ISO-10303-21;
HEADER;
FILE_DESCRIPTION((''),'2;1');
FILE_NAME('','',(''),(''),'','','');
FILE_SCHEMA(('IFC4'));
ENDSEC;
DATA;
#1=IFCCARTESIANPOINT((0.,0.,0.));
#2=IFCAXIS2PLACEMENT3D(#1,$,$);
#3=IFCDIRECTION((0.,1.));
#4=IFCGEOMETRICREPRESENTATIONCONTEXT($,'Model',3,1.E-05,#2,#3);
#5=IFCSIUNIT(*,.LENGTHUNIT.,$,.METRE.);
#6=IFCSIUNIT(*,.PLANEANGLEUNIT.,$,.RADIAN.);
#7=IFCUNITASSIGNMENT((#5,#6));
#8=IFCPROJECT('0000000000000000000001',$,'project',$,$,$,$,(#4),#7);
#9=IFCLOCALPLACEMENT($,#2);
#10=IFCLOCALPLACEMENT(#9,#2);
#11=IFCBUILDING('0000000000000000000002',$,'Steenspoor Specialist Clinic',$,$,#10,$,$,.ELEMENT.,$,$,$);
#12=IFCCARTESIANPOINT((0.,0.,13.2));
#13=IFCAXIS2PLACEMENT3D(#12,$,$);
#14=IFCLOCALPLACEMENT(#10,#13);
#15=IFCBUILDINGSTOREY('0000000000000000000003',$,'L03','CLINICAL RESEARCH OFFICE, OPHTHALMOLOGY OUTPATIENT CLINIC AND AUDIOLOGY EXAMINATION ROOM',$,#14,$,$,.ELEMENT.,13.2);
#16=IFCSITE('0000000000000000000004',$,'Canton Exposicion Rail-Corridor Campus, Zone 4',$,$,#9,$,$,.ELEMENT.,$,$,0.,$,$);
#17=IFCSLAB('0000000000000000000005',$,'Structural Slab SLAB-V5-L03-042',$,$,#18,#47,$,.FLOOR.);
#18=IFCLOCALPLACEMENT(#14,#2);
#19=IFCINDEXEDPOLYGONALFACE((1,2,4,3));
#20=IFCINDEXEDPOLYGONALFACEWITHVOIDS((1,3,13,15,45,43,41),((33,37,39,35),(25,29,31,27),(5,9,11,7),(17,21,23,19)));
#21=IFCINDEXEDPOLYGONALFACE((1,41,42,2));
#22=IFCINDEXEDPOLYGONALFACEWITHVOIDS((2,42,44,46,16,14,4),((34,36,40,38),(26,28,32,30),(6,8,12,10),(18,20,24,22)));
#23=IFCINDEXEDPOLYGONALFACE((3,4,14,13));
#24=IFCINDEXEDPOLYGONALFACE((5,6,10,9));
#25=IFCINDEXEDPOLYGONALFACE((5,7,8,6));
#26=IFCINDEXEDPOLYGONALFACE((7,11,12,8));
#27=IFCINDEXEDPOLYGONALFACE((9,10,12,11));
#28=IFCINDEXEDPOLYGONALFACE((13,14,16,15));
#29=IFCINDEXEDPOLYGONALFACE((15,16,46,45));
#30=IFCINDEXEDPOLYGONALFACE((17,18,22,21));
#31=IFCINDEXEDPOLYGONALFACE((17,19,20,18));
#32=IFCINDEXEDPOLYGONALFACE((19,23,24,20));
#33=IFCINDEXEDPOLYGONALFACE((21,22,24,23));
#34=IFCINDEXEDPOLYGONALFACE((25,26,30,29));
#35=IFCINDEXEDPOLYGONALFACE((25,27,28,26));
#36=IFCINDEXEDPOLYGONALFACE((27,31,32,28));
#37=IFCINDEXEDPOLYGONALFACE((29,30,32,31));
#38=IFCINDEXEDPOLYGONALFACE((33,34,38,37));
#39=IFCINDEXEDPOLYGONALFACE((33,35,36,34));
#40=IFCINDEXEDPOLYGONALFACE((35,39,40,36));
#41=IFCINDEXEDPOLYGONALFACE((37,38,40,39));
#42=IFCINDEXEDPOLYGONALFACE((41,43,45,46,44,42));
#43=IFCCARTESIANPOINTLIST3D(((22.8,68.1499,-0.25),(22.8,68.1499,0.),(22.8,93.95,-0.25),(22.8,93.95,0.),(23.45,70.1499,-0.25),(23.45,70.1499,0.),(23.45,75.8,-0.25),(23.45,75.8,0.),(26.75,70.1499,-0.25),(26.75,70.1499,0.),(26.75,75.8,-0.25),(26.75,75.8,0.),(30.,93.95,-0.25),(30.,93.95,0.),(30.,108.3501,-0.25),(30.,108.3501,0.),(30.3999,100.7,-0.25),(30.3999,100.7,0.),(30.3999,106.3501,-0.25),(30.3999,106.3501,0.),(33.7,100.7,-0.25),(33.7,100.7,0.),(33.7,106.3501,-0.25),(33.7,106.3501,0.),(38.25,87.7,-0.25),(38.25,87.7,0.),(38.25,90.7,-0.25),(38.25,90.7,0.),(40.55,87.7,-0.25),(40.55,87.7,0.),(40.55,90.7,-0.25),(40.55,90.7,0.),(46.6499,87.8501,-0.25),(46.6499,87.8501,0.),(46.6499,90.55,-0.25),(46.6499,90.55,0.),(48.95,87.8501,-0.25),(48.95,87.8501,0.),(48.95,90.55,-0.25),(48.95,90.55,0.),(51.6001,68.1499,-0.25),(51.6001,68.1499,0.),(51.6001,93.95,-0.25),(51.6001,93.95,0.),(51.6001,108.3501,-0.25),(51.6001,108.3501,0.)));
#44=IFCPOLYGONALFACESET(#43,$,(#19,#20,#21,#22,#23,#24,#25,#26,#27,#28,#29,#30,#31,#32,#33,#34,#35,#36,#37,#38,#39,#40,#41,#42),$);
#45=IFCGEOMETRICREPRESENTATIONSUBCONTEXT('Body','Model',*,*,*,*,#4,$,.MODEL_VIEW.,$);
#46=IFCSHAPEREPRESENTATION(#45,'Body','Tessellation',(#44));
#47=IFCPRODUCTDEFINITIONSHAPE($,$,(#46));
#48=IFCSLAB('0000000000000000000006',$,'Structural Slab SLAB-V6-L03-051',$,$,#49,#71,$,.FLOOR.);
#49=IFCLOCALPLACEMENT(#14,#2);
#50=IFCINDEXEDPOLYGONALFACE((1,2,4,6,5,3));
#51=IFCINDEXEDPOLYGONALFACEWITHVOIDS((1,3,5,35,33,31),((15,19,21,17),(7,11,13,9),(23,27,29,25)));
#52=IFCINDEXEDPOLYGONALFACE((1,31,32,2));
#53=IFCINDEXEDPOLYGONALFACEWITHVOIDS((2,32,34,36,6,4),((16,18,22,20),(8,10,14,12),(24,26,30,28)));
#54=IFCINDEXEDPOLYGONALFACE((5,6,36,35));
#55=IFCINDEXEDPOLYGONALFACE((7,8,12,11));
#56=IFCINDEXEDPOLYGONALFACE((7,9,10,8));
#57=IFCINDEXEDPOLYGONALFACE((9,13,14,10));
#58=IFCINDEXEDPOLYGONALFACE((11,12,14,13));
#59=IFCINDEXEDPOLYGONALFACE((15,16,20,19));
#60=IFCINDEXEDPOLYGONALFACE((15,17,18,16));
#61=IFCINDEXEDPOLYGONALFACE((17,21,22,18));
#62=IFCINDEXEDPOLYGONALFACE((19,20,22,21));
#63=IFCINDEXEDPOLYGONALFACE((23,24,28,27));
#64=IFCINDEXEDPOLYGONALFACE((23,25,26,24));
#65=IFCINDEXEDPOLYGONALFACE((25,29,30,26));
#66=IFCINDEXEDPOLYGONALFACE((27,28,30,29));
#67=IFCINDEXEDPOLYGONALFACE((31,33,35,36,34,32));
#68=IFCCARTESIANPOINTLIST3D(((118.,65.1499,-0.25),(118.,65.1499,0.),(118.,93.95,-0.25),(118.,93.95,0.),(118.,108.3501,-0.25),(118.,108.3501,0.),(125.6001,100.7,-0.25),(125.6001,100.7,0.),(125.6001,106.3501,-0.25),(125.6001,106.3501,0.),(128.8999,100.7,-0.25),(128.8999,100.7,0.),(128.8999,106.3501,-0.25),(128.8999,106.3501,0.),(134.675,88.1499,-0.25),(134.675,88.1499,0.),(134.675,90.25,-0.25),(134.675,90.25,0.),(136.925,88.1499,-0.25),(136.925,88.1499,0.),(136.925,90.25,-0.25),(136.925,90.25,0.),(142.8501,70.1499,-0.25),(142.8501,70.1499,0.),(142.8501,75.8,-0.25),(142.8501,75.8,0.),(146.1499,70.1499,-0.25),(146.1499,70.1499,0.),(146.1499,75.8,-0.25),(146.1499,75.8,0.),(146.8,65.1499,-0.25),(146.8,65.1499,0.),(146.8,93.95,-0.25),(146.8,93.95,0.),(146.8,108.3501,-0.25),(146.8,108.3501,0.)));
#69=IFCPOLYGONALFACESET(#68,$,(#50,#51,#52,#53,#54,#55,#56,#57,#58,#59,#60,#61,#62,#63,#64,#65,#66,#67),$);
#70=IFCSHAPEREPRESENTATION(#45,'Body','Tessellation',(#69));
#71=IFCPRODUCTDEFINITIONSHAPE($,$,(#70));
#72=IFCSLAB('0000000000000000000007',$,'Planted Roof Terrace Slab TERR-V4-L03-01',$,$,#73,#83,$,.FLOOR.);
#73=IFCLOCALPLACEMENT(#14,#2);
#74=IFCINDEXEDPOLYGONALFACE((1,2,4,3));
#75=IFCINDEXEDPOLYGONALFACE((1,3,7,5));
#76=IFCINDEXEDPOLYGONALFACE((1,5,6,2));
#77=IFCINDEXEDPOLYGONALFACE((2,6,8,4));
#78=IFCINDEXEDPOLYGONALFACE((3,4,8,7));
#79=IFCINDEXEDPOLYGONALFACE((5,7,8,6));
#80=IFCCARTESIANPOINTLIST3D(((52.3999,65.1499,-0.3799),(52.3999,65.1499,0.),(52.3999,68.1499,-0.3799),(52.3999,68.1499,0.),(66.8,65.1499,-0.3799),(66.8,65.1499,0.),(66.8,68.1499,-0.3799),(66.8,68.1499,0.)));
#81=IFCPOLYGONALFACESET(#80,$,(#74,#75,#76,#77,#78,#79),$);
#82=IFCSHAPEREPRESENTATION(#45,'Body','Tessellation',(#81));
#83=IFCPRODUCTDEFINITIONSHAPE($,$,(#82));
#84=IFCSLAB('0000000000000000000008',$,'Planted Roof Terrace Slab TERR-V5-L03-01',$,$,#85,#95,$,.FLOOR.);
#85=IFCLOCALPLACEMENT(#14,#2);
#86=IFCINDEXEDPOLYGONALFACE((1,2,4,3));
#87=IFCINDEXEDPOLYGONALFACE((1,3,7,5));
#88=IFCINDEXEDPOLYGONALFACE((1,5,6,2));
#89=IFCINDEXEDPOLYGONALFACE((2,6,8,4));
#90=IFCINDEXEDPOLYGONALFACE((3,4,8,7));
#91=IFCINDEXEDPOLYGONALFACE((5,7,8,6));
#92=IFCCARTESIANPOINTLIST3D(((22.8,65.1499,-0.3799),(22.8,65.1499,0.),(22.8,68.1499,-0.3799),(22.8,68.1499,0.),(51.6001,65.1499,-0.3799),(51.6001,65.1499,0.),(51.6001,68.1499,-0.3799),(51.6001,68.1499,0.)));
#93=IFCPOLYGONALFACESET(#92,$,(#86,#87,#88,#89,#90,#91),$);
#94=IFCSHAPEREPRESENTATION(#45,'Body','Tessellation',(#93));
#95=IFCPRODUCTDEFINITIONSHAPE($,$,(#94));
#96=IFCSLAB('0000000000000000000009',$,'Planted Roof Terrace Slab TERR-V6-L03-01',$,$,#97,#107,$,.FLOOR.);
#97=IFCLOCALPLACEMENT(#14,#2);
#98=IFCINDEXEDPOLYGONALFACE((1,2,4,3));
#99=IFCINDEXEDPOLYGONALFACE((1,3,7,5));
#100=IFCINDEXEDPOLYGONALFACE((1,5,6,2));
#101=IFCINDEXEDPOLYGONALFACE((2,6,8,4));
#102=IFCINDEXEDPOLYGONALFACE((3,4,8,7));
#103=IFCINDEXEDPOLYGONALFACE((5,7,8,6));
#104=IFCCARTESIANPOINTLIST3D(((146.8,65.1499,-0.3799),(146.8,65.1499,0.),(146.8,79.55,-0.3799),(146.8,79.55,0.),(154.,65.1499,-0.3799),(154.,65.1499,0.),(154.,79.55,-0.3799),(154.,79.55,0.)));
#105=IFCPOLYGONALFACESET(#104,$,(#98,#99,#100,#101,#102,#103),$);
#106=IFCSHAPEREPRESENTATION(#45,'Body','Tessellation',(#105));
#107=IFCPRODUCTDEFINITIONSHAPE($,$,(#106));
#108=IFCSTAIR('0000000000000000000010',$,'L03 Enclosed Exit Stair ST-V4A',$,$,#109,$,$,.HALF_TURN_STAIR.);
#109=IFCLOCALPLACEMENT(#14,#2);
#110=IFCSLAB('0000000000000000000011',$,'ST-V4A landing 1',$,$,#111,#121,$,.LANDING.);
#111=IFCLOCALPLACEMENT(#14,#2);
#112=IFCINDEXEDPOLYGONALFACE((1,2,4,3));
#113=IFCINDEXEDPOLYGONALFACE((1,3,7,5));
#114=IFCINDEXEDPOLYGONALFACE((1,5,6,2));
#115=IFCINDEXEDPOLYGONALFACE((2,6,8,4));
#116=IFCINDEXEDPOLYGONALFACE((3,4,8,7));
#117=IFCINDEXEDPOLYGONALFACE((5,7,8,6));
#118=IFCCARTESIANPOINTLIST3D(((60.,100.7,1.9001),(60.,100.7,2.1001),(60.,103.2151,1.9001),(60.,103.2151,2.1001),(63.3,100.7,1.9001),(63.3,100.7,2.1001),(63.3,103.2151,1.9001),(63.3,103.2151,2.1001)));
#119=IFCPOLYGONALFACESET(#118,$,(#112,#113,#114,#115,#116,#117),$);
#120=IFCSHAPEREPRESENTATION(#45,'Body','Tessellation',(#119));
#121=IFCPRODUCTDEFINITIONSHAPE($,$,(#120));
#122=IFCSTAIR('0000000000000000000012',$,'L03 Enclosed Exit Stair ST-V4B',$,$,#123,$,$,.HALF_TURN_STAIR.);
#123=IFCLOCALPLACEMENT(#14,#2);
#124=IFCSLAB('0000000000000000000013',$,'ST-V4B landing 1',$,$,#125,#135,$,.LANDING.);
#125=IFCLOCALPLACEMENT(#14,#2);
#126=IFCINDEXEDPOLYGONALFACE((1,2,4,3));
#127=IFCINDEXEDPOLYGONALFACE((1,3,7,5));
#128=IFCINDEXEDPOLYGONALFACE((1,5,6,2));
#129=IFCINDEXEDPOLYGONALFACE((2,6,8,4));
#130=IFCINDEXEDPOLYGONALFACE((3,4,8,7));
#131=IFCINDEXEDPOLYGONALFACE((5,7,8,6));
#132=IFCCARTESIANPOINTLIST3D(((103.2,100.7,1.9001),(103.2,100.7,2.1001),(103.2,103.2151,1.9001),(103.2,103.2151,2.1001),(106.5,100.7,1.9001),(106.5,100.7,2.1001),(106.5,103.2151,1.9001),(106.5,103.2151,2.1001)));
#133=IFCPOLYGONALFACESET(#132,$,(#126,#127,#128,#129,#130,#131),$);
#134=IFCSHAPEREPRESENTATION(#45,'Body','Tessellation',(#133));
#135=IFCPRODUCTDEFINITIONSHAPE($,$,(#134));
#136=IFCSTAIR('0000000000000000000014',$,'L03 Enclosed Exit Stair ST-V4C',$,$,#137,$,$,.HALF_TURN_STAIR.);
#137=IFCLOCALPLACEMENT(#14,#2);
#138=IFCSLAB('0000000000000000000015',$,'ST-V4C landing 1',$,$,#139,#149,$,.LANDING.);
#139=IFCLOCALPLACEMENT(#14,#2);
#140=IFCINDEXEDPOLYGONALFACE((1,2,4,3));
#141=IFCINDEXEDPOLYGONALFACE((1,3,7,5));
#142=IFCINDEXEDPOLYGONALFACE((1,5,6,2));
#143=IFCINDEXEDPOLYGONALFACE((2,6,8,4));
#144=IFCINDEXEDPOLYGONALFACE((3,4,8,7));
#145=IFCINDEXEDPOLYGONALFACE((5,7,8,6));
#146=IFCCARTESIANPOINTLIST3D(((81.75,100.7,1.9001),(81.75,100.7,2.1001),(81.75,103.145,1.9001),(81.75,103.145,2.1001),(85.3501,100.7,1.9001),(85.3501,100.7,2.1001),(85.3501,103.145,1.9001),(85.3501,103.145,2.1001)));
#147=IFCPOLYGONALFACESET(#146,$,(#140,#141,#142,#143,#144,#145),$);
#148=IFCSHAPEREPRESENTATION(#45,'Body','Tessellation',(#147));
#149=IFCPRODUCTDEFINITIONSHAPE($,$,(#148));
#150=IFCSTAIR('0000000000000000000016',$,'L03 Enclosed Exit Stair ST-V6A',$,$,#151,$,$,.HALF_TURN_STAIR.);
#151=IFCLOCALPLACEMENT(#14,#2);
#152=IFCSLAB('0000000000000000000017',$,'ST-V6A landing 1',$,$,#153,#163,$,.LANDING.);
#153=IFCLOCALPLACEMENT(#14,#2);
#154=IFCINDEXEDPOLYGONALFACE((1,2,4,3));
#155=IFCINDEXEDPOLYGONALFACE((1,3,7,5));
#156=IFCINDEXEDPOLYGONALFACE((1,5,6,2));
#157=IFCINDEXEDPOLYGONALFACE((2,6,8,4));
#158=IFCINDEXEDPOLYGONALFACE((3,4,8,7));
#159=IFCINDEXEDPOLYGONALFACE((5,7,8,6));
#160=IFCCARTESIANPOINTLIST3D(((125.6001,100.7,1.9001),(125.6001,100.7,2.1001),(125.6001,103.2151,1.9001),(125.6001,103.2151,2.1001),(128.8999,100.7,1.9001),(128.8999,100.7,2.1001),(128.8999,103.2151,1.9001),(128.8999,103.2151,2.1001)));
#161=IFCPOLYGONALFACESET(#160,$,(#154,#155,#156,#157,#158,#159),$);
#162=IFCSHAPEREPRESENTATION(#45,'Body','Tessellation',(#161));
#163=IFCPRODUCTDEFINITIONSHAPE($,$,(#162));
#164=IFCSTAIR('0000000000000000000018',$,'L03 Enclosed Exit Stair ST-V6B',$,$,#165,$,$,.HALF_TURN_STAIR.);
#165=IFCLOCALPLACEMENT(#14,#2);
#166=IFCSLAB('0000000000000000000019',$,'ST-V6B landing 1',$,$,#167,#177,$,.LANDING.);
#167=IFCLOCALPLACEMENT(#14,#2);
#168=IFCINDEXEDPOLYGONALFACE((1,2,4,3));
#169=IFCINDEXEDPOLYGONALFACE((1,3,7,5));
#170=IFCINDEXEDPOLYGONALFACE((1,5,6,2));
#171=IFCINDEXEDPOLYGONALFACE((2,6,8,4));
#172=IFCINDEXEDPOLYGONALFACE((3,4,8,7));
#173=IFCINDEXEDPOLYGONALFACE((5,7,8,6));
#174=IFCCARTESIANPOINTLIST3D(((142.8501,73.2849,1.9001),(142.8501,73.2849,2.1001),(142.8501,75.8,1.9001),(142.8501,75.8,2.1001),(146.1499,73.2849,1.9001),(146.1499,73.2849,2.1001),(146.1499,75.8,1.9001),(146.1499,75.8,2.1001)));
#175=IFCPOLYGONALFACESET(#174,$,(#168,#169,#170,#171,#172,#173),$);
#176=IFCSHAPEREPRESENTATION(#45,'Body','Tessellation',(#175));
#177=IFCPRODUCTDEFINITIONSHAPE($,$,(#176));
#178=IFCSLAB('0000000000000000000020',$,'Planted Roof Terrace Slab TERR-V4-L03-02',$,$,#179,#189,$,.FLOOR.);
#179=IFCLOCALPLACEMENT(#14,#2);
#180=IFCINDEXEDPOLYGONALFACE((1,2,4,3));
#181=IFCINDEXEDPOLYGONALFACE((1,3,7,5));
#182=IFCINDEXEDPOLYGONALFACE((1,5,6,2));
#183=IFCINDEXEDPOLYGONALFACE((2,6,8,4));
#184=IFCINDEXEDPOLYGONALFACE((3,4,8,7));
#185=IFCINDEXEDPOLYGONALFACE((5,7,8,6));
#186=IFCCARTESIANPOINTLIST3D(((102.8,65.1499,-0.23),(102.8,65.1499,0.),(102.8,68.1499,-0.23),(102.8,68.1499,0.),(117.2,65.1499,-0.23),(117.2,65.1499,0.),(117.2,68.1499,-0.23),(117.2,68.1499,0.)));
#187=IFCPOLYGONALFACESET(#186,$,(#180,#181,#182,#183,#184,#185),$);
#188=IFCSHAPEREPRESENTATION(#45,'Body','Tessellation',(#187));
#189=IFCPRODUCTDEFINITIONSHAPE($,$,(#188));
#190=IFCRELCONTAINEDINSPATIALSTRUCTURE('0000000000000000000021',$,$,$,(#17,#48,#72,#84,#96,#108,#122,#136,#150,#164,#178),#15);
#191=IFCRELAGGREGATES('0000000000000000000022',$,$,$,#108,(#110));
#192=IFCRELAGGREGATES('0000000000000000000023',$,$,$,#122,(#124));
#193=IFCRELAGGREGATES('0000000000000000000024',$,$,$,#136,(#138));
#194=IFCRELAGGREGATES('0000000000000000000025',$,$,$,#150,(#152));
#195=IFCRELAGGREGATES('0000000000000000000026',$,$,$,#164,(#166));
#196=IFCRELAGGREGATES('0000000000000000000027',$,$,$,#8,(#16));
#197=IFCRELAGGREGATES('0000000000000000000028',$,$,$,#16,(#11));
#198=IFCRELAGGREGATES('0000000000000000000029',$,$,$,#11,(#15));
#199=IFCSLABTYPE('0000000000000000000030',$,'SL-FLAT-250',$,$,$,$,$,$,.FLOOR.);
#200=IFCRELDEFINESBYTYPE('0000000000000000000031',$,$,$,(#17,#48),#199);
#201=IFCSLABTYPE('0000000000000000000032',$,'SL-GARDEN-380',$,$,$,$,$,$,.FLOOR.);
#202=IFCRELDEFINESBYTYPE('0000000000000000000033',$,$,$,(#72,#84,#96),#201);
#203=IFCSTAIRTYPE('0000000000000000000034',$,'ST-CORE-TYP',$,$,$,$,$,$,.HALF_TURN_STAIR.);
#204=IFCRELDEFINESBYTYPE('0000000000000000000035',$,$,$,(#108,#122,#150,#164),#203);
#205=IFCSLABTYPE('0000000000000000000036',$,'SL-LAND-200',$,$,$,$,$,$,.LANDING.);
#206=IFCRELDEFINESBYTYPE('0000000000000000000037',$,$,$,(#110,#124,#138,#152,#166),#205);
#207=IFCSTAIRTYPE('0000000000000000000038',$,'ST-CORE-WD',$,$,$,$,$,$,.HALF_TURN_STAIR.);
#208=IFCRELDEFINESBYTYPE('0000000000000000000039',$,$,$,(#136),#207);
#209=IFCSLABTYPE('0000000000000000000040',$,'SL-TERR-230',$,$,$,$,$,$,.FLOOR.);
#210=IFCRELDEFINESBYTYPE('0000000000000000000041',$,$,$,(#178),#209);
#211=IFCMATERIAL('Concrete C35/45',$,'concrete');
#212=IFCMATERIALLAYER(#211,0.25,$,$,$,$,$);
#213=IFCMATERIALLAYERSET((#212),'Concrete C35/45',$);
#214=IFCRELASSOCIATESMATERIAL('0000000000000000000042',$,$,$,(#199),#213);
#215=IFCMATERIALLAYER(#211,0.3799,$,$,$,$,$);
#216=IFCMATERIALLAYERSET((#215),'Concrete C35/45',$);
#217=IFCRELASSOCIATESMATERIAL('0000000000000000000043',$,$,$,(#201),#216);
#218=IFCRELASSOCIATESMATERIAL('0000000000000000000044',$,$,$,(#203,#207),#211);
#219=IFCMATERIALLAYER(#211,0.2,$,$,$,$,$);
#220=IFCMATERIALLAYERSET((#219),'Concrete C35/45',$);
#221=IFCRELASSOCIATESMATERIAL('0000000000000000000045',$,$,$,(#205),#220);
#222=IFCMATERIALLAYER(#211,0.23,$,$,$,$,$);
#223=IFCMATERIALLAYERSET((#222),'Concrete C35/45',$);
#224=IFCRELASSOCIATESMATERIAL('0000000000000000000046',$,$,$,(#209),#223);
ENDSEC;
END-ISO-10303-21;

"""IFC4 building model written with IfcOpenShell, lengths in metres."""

from ifc_helpers import new_model, si_unit, direction, frame, origin, place, context, subcontext, project, spatial, polyline, outline, extrude, material, layer, layer_set, type_object, element, aggregate, save


model = new_model("IFC4")

# Units and contexts
model_context = context("Model", 3, precision=1e-05, world=origin(), true_north=direction((0.0, 1.0)))
body_context = subcontext(model_context, "Body", "Model", "MODEL_VIEW")
ifc_project = project(units=[si_unit("LENGTHUNIT", "METRE"), si_unit("PLANEANGLEUNIT", "RADIAN")], contexts=[model_context])

# Site, building, storey
site_placement = place(None, origin())
site = spatial("IfcSite", under=ifc_project, at=site_placement, Name="Canton Exposicion Rail-Corridor Campus, Zone 4", CompositionType="ELEMENT", RefElevation=0.0)
building_placement = place(site_placement, origin())
building = spatial("IfcBuilding", under=site, at=building_placement, Name="Steenspoor Specialist Clinic", CompositionType="ELEMENT")
storey_placement = place(building_placement, frame((0.0, 0.0, 13.2)))
storey = spatial("IfcBuildingStorey", under=building, at=storey_placement, Name="L03", Description="CLINICAL RESEARCH OFFICE, OPHTHALMOLOGY OUTPATIENT CLINIC AND AUDIOLOGY EXAMINATION ROOM", CompositionType="ELEMENT", Elevation=13.2)

# Shared definitions
ifc_material_1 = material(Name="Concrete C35/45", Category="concrete")

# Slabs
ifc_layer_1 = layer(ifc_material_1, 0.25)
ifc_layer_set_1 = layer_set([ifc_layer_1], Name="Concrete C35/45")
slab_type_1 = type_object("IfcSlabType", Name="SL-FLAT-250", PredefinedType="FLOOR", material=ifc_layer_set_1)
slab_1_placement = place(storey_placement, frame((0.0, 0.0, -0.25)))
element("IfcSlab", 1, at=slab_1_placement, inside=storey, type_object=slab_type_1, Name="Structural Slab SLAB-V5-L03-042", PredefinedType="FLOOR", context=body_context, shape_type="SweptSolid", body=[
    extrude(outline(polyline([(22.8, 93.95), (30.0, 93.95), (30.0, 108.3501), (51.6001, 108.3501), (51.6001, 93.95), (51.6001, 68.1499), (22.8, 68.1499), (22.8, 93.95)]), holes=[polyline([(23.45, 70.1499), (26.75, 70.1499), (26.75, 75.8), (23.45, 75.8), (23.45, 70.1499)]), polyline([(38.25, 90.7), (38.25, 87.7), (40.55, 87.7), (40.55, 90.7), (38.25, 90.7)]), polyline([(46.6499, 90.55), (46.6499, 87.8501), (48.95, 87.8501), (48.95, 90.55), (46.6499, 90.55)]), polyline([(30.3999, 106.3501), (30.3999, 100.7), (33.7, 100.7), (33.7, 106.3501), (30.3999, 106.3501)])]), origin(), (0.0, 0.0, 1.0), 0.25),
])
slab_2_placement = place(storey_placement, frame((0.0, 0.0, -0.25)))
element("IfcSlab", 2, at=slab_2_placement, inside=storey, type_object=slab_type_1, Name="Structural Slab SLAB-V6-L03-051", PredefinedType="FLOOR", context=body_context, shape_type="SweptSolid", body=[
    extrude(outline(polyline([(118.0, 93.95), (118.0, 108.3501), (146.8, 108.3501), (146.8, 93.95), (146.8, 65.1499), (118.0, 65.1499), (118.0, 93.95)]), holes=[polyline([(142.8501, 75.8), (142.8501, 70.1499), (146.1499, 70.1499), (146.1499, 75.8), (142.8501, 75.8)]), polyline([(134.675, 90.25), (134.675, 88.1499), (136.925, 88.1499), (136.925, 90.25), (134.675, 90.25)]), polyline([(125.6001, 106.3501), (125.6001, 100.7), (128.8999, 100.7), (128.8999, 106.3501), (125.6001, 106.3501)])]), origin(), (0.0, 0.0, 1.0), 0.25),
])
ifc_layer_2 = layer(ifc_material_1, 0.3799)
ifc_layer_set_2 = layer_set([ifc_layer_2], Name="Concrete C35/45")
slab_type_2 = type_object("IfcSlabType", Name="SL-GARDEN-380", PredefinedType="FLOOR", material=ifc_layer_set_2)
slab_3_placement = place(storey_placement, frame((0.0, 0.0, -0.3799)))
element("IfcSlab", 3, at=slab_3_placement, inside=storey, type_object=slab_type_2, Name="Planted Roof Terrace Slab TERR-V4-L03-01", PredefinedType="FLOOR", context=body_context, shape_type="SweptSolid", body=[
    extrude(outline(polyline([(66.8, 65.1499), (66.8, 68.1499), (52.3999, 68.1499), (52.3999, 65.1499), (66.8, 65.1499)])), origin(), (0.0, 0.0, 1.0), 0.3799),
])
slab_4_placement = place(storey_placement, frame((0.0, 0.0, -0.3799)))
element("IfcSlab", 4, at=slab_4_placement, inside=storey, type_object=slab_type_2, Name="Planted Roof Terrace Slab TERR-V5-L03-01", PredefinedType="FLOOR", context=body_context, shape_type="SweptSolid", body=[
    extrude(outline(polyline([(51.6001, 65.1499), (51.6001, 68.1499), (22.8, 68.1499), (22.8, 65.1499), (51.6001, 65.1499)])), origin(), (0.0, 0.0, 1.0), 0.3799),
])
slab_5_placement = place(storey_placement, frame((0.0, 0.0, -0.3799)))
element("IfcSlab", 5, at=slab_5_placement, inside=storey, type_object=slab_type_2, Name="Planted Roof Terrace Slab TERR-V6-L03-01", PredefinedType="FLOOR", context=body_context, shape_type="SweptSolid", body=[
    extrude(outline(polyline([(154.0, 65.1499), (154.0, 79.55), (146.8, 79.55), (146.8, 65.1499), (154.0, 65.1499)])), origin(), (0.0, 0.0, 1.0), 0.3799),
])

# Stairs, slabs
stair_type_1 = type_object("IfcStairType", Name="ST-CORE-TYP", PredefinedType="HALF_TURN_STAIR", material=ifc_material_1)
stair_1_placement = place(storey_placement, origin())
stair_1 = element("IfcStair", 6, at=stair_1_placement, inside=storey, type_object=stair_type_1, Name="L03 Enclosed Exit Stair ST-V4A", PredefinedType="HALF_TURN_STAIR")
ifc_layer_3 = layer(ifc_material_1, 0.2)
ifc_layer_set_3 = layer_set([ifc_layer_3], Name="Concrete C35/45")
slab_type_3 = type_object("IfcSlabType", Name="SL-LAND-200", PredefinedType="LANDING", material=ifc_layer_set_3)
slab_6_placement = place(storey_placement, frame((0.0, 0.0, 1.9001)))
slab_6 = element("IfcSlab", 7, at=slab_6_placement, type_object=slab_type_3, Name="ST-V4A landing 1", PredefinedType="LANDING", context=body_context, shape_type="SweptSolid", body=[
    extrude(outline(polyline([(60.0, 103.2151), (60.0, 100.7), (63.3, 100.7), (63.3, 103.2151), (60.0, 103.2151)])), origin(), (0.0, 0.0, 1.0), 0.2),
])
aggregate(stair_1, [slab_6])
stair_2_placement = place(storey_placement, origin())
stair_2 = element("IfcStair", 8, at=stair_2_placement, inside=storey, type_object=stair_type_1, Name="L03 Enclosed Exit Stair ST-V4B", PredefinedType="HALF_TURN_STAIR")
slab_7_placement = place(storey_placement, frame((0.0, 0.0, 1.9001)))
slab_7 = element("IfcSlab", 9, at=slab_7_placement, type_object=slab_type_3, Name="ST-V4B landing 1", PredefinedType="LANDING", context=body_context, shape_type="SweptSolid", body=[
    extrude(outline(polyline([(103.2, 103.2151), (103.2, 100.7), (106.5, 100.7), (106.5, 103.2151), (103.2, 103.2151)])), origin(), (0.0, 0.0, 1.0), 0.2),
])
aggregate(stair_2, [slab_7])
stair_type_2 = type_object("IfcStairType", Name="ST-CORE-WD", PredefinedType="HALF_TURN_STAIR", material=ifc_material_1)
stair_3_placement = place(storey_placement, origin())
stair_3 = element("IfcStair", 10, at=stair_3_placement, inside=storey, type_object=stair_type_2, Name="L03 Enclosed Exit Stair ST-V4C", PredefinedType="HALF_TURN_STAIR")
slab_8_placement = place(storey_placement, frame((0.0, 0.0, 1.9001)))
slab_8 = element("IfcSlab", 11, at=slab_8_placement, type_object=slab_type_3, Name="ST-V4C landing 1", PredefinedType="LANDING", context=body_context, shape_type="SweptSolid", body=[
    extrude(outline(polyline([(81.75, 103.145), (81.75, 100.7), (85.3501, 100.7), (85.3501, 103.145), (81.75, 103.145)])), origin(), (0.0, 0.0, 1.0), 0.2),
])
aggregate(stair_3, [slab_8])
stair_4_placement = place(storey_placement, origin())
stair_4 = element("IfcStair", 12, at=stair_4_placement, inside=storey, type_object=stair_type_1, Name="L03 Enclosed Exit Stair ST-V6A", PredefinedType="HALF_TURN_STAIR")
slab_9_placement = place(storey_placement, frame((0.0, 0.0, 1.9001)))
slab_9 = element("IfcSlab", 13, at=slab_9_placement, type_object=slab_type_3, Name="ST-V6A landing 1", PredefinedType="LANDING", context=body_context, shape_type="SweptSolid", body=[
    extrude(outline(polyline([(125.6001, 103.2151), (125.6001, 100.7), (128.8999, 100.7), (128.8999, 103.2151), (125.6001, 103.2151)])), origin(), (0.0, 0.0, 1.0), 0.2),
])
aggregate(stair_4, [slab_9])
stair_5_placement = place(storey_placement, origin())
stair_5 = element("IfcStair", 14, at=stair_5_placement, inside=storey, type_object=stair_type_1, Name="L03 Enclosed Exit Stair ST-V6B", PredefinedType="HALF_TURN_STAIR")
slab_10_placement = place(storey_placement, frame((0.0, 0.0, 1.9001)))
slab_10 = element("IfcSlab", 15, at=slab_10_placement, type_object=slab_type_3, Name="ST-V6B landing 1", PredefinedType="LANDING", context=body_context, shape_type="SweptSolid", body=[
    extrude(outline(polyline([(146.1499, 73.2849), (146.1499, 75.8), (142.8501, 75.8), (142.8501, 73.2849), (146.1499, 73.2849)])), origin(), (0.0, 0.0, 1.0), 0.2),
])
aggregate(stair_5, [slab_10])

# Slab
ifc_layer_4 = layer(ifc_material_1, 0.23)
ifc_layer_set_4 = layer_set([ifc_layer_4], Name="Concrete C35/45")
slab_type_4 = type_object("IfcSlabType", Name="SL-TERR-230", PredefinedType="FLOOR", material=ifc_layer_set_4)
slab_11_placement = place(storey_placement, frame((0.0, 0.0, -0.23)))
element("IfcSlab", 16, at=slab_11_placement, inside=storey, type_object=slab_type_4, Name="Planted Roof Terrace Slab TERR-V4-L03-02", PredefinedType="FLOOR", context=body_context, shape_type="SweptSolid", body=[
    extrude(outline(polyline([(117.2, 65.1499), (117.2, 68.1499), (102.8, 68.1499), (102.8, 65.1499), (117.2, 65.1499)])), origin(), (0.0, 0.0, 1.0), 0.23),
])

save(model, "model.ifc")
